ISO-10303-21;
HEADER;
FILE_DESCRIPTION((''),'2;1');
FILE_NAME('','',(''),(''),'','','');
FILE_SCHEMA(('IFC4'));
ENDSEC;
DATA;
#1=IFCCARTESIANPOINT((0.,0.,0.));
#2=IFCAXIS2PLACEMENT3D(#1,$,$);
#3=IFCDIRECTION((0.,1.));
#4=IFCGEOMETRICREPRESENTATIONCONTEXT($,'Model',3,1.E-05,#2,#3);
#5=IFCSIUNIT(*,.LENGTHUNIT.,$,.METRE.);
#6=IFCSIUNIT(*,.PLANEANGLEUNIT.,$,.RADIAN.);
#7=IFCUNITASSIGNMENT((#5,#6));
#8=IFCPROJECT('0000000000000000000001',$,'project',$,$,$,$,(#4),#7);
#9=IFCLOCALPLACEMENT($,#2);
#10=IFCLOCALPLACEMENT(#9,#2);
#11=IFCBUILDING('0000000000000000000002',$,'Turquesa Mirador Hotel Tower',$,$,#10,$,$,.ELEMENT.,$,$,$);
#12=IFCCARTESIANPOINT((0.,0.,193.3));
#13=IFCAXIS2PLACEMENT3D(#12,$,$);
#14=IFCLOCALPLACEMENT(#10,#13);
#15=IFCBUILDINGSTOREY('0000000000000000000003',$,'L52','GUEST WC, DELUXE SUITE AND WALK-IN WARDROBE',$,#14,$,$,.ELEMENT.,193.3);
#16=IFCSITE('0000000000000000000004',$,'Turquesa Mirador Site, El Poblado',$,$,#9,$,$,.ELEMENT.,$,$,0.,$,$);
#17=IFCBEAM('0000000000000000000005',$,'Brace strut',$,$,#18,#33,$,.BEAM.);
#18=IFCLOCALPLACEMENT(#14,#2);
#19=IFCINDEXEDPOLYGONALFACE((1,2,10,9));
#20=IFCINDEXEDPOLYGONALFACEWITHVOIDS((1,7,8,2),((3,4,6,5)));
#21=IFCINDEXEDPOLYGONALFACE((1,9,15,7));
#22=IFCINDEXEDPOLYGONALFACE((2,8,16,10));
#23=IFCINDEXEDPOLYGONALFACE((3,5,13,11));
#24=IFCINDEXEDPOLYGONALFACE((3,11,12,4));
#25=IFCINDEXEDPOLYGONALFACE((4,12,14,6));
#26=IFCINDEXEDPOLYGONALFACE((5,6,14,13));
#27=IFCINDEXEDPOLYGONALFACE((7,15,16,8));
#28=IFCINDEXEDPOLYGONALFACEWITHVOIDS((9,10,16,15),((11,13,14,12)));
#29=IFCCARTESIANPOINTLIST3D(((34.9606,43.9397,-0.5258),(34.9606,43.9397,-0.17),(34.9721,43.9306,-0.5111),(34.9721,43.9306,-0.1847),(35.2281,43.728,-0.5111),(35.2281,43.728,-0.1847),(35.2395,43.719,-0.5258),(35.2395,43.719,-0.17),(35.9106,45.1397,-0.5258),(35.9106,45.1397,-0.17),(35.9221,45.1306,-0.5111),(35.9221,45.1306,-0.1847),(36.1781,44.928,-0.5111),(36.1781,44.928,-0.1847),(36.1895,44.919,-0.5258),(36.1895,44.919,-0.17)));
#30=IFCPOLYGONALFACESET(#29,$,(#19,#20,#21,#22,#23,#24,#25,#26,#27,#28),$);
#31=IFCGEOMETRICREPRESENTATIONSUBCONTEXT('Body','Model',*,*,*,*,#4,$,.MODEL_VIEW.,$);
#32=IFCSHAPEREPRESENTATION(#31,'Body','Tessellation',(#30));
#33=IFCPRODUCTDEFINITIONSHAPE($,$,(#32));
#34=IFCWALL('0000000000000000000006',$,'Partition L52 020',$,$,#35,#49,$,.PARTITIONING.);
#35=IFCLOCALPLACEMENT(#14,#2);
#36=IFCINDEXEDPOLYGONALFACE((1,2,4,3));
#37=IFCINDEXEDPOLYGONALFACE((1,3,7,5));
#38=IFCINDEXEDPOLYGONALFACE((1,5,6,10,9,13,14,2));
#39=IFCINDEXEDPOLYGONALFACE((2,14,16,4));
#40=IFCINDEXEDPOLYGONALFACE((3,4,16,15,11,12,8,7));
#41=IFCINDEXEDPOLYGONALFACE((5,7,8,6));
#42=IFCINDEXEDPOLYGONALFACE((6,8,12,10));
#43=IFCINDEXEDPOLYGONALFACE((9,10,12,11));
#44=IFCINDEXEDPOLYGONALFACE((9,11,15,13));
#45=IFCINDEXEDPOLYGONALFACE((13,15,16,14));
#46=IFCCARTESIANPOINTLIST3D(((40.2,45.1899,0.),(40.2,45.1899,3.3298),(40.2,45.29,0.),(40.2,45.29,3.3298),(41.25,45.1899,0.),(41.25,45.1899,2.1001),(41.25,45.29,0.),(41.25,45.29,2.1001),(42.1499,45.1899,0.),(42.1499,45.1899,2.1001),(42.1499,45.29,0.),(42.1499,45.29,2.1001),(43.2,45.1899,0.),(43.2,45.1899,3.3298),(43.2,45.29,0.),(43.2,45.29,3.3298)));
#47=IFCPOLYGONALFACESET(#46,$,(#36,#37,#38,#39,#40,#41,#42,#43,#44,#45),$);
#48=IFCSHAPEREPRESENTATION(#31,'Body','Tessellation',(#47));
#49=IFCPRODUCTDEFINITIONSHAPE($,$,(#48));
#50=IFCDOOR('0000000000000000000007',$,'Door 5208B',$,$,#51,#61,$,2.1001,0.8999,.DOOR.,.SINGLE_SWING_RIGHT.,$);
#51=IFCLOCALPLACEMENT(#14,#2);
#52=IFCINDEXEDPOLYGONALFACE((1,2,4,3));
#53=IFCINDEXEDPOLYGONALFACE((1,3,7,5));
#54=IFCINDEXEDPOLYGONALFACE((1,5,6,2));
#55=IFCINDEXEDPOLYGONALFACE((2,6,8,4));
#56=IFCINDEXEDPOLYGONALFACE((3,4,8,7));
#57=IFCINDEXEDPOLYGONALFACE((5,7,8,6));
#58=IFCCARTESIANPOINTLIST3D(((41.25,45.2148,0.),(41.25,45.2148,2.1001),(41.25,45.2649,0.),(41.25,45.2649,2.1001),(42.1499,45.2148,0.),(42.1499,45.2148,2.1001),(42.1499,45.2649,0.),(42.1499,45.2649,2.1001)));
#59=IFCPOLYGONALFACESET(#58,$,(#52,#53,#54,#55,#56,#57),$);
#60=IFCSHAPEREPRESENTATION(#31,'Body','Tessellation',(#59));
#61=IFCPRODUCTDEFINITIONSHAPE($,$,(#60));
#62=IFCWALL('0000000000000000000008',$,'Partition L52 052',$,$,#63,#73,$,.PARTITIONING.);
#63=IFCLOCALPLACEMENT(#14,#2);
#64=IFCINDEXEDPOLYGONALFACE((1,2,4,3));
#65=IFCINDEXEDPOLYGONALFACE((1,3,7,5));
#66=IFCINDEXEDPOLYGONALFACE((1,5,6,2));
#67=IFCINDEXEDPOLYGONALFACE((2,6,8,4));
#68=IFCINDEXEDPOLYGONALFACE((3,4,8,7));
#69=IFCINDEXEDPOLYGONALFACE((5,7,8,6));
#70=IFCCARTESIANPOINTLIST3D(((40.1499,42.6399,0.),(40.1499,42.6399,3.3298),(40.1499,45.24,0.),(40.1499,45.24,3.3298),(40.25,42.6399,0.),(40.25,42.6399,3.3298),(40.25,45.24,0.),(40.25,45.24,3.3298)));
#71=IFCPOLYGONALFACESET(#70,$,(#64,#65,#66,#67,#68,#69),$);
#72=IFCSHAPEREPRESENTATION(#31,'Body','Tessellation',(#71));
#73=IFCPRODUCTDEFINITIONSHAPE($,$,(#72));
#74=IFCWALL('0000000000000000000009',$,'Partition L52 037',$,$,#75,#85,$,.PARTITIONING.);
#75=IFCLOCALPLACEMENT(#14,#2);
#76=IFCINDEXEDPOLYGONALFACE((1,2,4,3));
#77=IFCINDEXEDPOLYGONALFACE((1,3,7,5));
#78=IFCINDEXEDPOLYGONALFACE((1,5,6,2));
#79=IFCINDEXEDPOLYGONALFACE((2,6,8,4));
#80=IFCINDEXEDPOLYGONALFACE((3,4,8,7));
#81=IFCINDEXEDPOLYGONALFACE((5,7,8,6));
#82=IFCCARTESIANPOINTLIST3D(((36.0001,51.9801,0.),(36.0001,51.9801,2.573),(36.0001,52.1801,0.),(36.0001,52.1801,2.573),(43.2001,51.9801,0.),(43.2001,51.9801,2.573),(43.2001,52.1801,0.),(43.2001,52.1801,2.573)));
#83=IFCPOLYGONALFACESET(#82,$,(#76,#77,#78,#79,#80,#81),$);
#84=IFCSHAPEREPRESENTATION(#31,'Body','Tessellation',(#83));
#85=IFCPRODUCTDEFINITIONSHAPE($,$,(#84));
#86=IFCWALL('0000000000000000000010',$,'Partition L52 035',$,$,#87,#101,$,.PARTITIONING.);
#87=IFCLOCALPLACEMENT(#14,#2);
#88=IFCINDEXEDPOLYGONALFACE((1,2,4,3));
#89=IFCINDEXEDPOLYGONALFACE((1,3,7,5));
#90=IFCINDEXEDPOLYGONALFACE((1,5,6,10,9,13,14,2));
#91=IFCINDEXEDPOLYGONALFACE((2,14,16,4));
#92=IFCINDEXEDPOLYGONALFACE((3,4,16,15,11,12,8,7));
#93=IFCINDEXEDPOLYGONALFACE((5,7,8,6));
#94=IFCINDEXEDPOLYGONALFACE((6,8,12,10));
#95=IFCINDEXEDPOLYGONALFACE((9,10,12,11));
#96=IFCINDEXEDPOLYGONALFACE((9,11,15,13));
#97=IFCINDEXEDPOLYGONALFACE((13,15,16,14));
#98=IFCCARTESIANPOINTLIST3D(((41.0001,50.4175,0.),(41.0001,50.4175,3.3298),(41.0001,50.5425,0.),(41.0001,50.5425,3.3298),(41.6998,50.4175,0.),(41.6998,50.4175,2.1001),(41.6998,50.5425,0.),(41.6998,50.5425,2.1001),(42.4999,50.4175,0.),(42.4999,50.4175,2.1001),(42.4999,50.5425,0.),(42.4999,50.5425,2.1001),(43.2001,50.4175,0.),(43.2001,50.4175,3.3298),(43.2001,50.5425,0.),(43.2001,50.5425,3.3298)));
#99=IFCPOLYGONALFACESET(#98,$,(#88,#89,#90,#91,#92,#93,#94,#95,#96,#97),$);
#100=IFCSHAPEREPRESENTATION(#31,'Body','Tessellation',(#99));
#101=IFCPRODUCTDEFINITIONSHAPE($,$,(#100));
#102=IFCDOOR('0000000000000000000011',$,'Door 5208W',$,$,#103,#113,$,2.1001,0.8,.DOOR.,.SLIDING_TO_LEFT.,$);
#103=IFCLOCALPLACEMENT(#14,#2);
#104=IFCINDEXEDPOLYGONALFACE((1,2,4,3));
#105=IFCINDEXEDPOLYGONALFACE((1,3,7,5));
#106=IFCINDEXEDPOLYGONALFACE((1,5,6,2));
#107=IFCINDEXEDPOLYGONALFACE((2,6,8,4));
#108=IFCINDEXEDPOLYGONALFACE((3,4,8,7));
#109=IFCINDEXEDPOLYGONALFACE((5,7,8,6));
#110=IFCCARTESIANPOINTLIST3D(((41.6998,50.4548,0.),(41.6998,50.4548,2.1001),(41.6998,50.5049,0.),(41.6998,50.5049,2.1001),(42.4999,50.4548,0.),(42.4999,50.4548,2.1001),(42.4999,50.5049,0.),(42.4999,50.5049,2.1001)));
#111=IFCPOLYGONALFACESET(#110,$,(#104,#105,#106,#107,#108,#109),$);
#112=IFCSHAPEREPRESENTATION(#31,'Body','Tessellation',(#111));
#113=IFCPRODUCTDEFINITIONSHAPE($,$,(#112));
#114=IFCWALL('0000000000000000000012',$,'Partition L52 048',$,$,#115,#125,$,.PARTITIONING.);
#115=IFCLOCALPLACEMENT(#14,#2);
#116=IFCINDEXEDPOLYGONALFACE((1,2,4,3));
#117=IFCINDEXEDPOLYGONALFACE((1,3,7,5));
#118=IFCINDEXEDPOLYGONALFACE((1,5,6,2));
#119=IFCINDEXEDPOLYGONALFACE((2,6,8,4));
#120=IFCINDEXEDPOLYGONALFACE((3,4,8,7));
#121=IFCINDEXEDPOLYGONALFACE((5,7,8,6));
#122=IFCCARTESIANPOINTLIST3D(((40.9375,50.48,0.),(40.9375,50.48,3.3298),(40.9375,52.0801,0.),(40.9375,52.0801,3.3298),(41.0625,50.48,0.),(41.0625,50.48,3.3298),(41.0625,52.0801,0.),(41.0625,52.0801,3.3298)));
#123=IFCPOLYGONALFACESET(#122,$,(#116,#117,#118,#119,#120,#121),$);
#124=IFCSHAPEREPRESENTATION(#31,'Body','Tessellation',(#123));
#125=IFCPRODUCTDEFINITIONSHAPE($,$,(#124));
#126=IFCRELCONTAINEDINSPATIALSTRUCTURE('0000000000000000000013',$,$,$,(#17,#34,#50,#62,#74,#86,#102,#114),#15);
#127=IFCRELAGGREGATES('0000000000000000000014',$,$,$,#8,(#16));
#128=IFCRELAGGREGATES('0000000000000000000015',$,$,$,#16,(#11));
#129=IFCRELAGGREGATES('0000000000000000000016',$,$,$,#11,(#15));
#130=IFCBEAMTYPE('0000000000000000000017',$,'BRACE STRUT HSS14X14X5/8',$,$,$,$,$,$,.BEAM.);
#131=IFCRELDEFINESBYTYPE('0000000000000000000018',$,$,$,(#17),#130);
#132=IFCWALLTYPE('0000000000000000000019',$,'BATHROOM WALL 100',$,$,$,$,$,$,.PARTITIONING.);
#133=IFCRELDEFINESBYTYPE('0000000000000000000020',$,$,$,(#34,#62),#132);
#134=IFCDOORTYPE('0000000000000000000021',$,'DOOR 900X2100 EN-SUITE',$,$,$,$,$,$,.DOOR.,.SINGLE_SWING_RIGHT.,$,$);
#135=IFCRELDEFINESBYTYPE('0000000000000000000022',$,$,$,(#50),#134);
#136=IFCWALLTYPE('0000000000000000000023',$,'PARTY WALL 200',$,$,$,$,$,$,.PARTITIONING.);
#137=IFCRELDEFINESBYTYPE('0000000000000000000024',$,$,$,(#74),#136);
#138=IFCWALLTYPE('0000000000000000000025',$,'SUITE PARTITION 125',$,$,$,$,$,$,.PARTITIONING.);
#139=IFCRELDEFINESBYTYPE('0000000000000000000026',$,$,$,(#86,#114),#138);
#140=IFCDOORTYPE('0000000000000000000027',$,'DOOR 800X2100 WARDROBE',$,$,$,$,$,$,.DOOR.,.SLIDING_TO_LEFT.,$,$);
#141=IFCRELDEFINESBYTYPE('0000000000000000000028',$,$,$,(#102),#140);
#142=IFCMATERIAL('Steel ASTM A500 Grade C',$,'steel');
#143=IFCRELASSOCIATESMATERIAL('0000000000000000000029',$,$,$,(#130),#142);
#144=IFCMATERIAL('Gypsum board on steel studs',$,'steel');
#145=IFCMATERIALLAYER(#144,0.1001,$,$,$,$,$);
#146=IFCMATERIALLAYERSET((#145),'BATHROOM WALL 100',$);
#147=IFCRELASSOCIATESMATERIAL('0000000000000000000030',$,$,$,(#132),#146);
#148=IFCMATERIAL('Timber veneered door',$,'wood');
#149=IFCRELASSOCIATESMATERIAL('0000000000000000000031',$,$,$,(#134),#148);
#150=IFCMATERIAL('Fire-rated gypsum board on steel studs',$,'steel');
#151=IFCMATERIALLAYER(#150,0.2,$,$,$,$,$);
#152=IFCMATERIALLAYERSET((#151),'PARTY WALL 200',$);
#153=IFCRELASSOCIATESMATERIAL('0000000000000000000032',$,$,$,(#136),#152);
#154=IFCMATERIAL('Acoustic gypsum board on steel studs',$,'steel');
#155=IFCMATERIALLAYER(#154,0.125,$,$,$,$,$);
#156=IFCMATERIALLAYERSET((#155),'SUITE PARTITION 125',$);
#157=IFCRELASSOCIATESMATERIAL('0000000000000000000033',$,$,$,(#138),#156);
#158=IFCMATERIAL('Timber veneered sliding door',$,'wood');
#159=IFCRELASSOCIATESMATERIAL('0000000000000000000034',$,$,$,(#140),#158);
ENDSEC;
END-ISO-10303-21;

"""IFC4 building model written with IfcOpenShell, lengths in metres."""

from ifc_helpers import new_model, si_unit, direction, frame, frame_2d, origin, origin_2d, place, context, subcontext, project, spatial, rectangle, hollow_rectangle, extrude, material, layer, layer_set, material_profile, profile_set, type_object, element, fill, save


model = new_model("IFC4")

# Units and contexts
model_context = context("Model", 3, precision=1e-05, world=origin(), true_north=direction((0.0, 1.0)))
body_context = subcontext(model_context, "Body", "Model", "MODEL_VIEW")
ifc_project = project(units=[si_unit("LENGTHUNIT", "METRE"), si_unit("PLANEANGLEUNIT", "RADIAN")], contexts=[model_context])

# Site, building, storey
site_placement = place(None, origin())
site = spatial("IfcSite", under=ifc_project, at=site_placement, Name="Turquesa Mirador Site, El Poblado", CompositionType="ELEMENT", RefElevation=0.0)
building_placement = place(site_placement, origin())
building = spatial("IfcBuilding", under=site, at=building_placement, Name="Turquesa Mirador Hotel Tower", CompositionType="ELEMENT")
storey_placement = place(building_placement, frame((0.0, 0.0, 193.3)))
storey = spatial("IfcBuildingStorey", under=building, at=storey_placement, Name="L52", Description="GUEST WC, DELUXE SUITE AND WALK-IN WARDROBE", CompositionType="ELEMENT", Elevation=193.3)

# Beam
ifc_material_1 = material(Name="Steel ASTM A500 Grade C", Category="steel")
ifc_material_profile_1 = material_profile(ifc_material_1, hollow_rectangle(XDim=0.3557, YDim=0.3557, WallThickness=0.0146, at=origin_2d()), Name="HSS14X14X5/8")
ifc_profile_set_1 = profile_set([ifc_material_profile_1], Name="Steel ASTM A500 Grade C")
beam_type_1 = type_object("IfcBeamType", Name="BRACE STRUT HSS14X14X5/8", PredefinedType="BEAM", material=ifc_profile_set_1)
for number, where, z_axis, x_axis, name in (
    (1, (35.1001, 43.8293, -0.3479), (0.620699, 0.784049, 0.0), (-0.784049, 0.620699, 0.0), "Brace strut"),
):
    element("IfcBeam", number, at=place(storey_placement, frame(where, z_axis=z_axis, x_axis=x_axis)), inside=storey, type_object=beam_type_1, Name=name, PredefinedType="BEAM", context=body_context, shape_type="SweptSolid", body=[
        extrude(hollow_rectangle(XDim=0.3557, YDim=0.3557, WallThickness=0.0146, at=origin_2d()), origin(), (0.0, 0.0, 1.0), 1.5305),
    ])

# Wall, opening, door
ifc_material_2 = material(Name="Gypsum board on steel studs", Category="steel")
ifc_layer_1 = layer(ifc_material_2, 0.1001)
ifc_layer_set_1 = layer_set([ifc_layer_1], Name="BATHROOM WALL 100")
wall_type_1 = type_object("IfcWallType", Name="BATHROOM WALL 100", PredefinedType="PARTITIONING", material=ifc_layer_set_1)
wall_1_placement = place(storey_placement, frame((40.2, 45.24, 0.0), z_axis=(0.0, 0.0, 1.0), x_axis=(1.0, 0.0, 0.0)))
wall_1 = element("IfcWall", 2, at=wall_1_placement, inside=storey, type_object=wall_type_1, Name="Partition L52 020", PredefinedType="PARTITIONING", context=body_context, shape_type="SweptSolid", body=[
    extrude(rectangle(XDim=3.0, YDim=0.1001, at=frame_2d((1.5, 0.0))), origin(), (0.0, 0.0, 1.0), 3.3298),
])
opening_1_placement = place(wall_1_placement, frame((1.05, 0.0, 0.0)))
opening_1 = element("IfcOpeningElement", 3, at=opening_1_placement, cuts=wall_1, PredefinedType="OPENING", context=body_context, shape_type="SweptSolid", body=[
    extrude(rectangle(XDim=0.8999, YDim=2.1001, at=frame_2d((0.45, 1.05))), frame((0.0, 0.0601, 0.0), z_axis=(0.0, -1.0, 0.0), x_axis=(1.0, 0.0, 0.0)), (0.0, 0.0, 1.0), 0.1201),
])
ifc_material_3 = material(Name="Timber veneered door", Category="wood")
door_type_1 = type_object("IfcDoorType", Name="DOOR 900X2100 EN-SUITE", OperationType="SINGLE_SWING_RIGHT", PredefinedType="DOOR", material=ifc_material_3)
door_1_placement = place(opening_1_placement, origin())
door_1 = element("IfcDoor", 4, at=door_1_placement, inside=storey, type_object=door_type_1, Name="Door 5208B", OperationType="SINGLE_SWING_RIGHT", OverallHeight=2.1001, OverallWidth=0.8999, PredefinedType="DOOR", context=body_context, shape_type="SweptSolid", body=[
    extrude(rectangle(XDim=0.8999, YDim=2.1001, at=frame_2d((0.45, 1.05))), frame((0.0, 0.0249, 0.0), z_axis=(0.0, -1.0, 0.0), x_axis=(1.0, 0.0, 0.0)), (0.0, 0.0, 1.0), 0.05),
])
fill(opening_1, door_1)

# Walls
wall_2_placement = place(storey_placement, frame((40.2, 42.6399, 0.0), z_axis=(0.0, 0.0, 1.0), x_axis=(0.0, 1.0, 0.0)))
element("IfcWall", 5, at=wall_2_placement, inside=storey, type_object=wall_type_1, Name="Partition L52 052", PredefinedType="PARTITIONING", context=body_context, shape_type="SweptSolid", body=[
    extrude(rectangle(XDim=2.6001, YDim=0.1001, at=frame_2d((1.3, 0.0))), origin(), (0.0, 0.0, 1.0), 3.3298),
])
ifc_material_4 = material(Name="Fire-rated gypsum board on steel studs", Category="steel")
ifc_layer_2 = layer(ifc_material_4, 0.2)
ifc_layer_set_2 = layer_set([ifc_layer_2], Name="PARTY WALL 200")
wall_type_2 = type_object("IfcWallType", Name="PARTY WALL 200", PredefinedType="PARTITIONING", material=ifc_layer_set_2)
wall_3_placement = place(storey_placement, frame((36.0, 52.0801, 0.0), z_axis=(0.0, 0.0, 1.0), x_axis=(1.0, 0.0, 0.0)))
element("IfcWall", 6, at=wall_3_placement, inside=storey, type_object=wall_type_2, Name="Partition L52 037", PredefinedType="PARTITIONING", context=body_context, shape_type="SweptSolid", body=[
    extrude(rectangle(XDim=7.2, YDim=0.2, at=frame_2d((3.6001, 0.0))), origin(), (0.0, 0.0, 1.0), 2.573),
])

# Wall, opening, door
ifc_material_5 = material(Name="Acoustic gypsum board on steel studs", Category="steel")
ifc_layer_3 = layer(ifc_material_5, 0.125)
ifc_layer_set_3 = layer_set([ifc_layer_3], Name="SUITE PARTITION 125")
wall_type_3 = type_object("IfcWallType", Name="SUITE PARTITION 125", PredefinedType="PARTITIONING", material=ifc_layer_set_3)
wall_4_placement = place(storey_placement, frame((41.0, 50.48, 0.0), z_axis=(0.0, 0.0, 1.0), x_axis=(1.0, 0.0, 0.0)))
wall_4 = element("IfcWall", 7, at=wall_4_placement, inside=storey, type_object=wall_type_3, Name="Partition L52 035", PredefinedType="PARTITIONING", context=body_context, shape_type="SweptSolid", body=[
    extrude(rectangle(XDim=2.2, YDim=0.125, at=frame_2d((1.1001, 0.0))), origin(), (0.0, 0.0, 1.0), 3.3298),
])
opening_2_placement = place(wall_4_placement, frame((0.7, 0.0, 0.0)))
opening_2 = element("IfcOpeningElement", 8, at=opening_2_placement, cuts=wall_4, PredefinedType="OPENING", context=body_context, shape_type="SweptSolid", body=[
    extrude(rectangle(XDim=0.8, YDim=2.1001, at=frame_2d((0.3999, 1.05))), frame((0.0, 0.0725, 0.0), z_axis=(0.0, -1.0, 0.0), x_axis=(1.0, 0.0, 0.0)), (0.0, 0.0, 1.0), 0.145),
])
ifc_material_6 = material(Name="Timber veneered sliding door", Category="wood")
door_type_2 = type_object("IfcDoorType", Name="DOOR 800X2100 WARDROBE", OperationType="SLIDING_TO_LEFT", PredefinedType="DOOR", material=ifc_material_6)
door_2_placement = place(opening_2_placement, origin())
door_2 = element("IfcDoor", 9, at=door_2_placement, inside=storey, type_object=door_type_2, Name="Door 5208W", OperationType="SLIDING_TO_LEFT", OverallHeight=2.1001, OverallWidth=0.8, PredefinedType="DOOR", context=body_context, shape_type="SweptSolid", body=[
    extrude(rectangle(XDim=0.8, YDim=2.1001, at=frame_2d((0.3999, 1.05))), frame((0.0, 0.0249, 0.0), z_axis=(0.0, -1.0, 0.0), x_axis=(1.0, 0.0, 0.0)), (0.0, 0.0, 1.0), 0.05),
])
fill(opening_2, door_2)

# Wall
wall_5_placement = place(storey_placement, frame((41.0, 50.48, 0.0), z_axis=(0.0, 0.0, 1.0), x_axis=(0.0, 1.0, 0.0)))
element("IfcWall", 10, at=wall_5_placement, inside=storey, type_object=wall_type_3, Name="Partition L52 048", PredefinedType="PARTITIONING", context=body_context, shape_type="SweptSolid", body=[
    extrude(rectangle(XDim=1.6001, YDim=0.125, at=frame_2d((0.8, 0.0))), origin(), (0.0, 0.0, 1.0), 3.3298),
])

save(model, "model.ifc")
